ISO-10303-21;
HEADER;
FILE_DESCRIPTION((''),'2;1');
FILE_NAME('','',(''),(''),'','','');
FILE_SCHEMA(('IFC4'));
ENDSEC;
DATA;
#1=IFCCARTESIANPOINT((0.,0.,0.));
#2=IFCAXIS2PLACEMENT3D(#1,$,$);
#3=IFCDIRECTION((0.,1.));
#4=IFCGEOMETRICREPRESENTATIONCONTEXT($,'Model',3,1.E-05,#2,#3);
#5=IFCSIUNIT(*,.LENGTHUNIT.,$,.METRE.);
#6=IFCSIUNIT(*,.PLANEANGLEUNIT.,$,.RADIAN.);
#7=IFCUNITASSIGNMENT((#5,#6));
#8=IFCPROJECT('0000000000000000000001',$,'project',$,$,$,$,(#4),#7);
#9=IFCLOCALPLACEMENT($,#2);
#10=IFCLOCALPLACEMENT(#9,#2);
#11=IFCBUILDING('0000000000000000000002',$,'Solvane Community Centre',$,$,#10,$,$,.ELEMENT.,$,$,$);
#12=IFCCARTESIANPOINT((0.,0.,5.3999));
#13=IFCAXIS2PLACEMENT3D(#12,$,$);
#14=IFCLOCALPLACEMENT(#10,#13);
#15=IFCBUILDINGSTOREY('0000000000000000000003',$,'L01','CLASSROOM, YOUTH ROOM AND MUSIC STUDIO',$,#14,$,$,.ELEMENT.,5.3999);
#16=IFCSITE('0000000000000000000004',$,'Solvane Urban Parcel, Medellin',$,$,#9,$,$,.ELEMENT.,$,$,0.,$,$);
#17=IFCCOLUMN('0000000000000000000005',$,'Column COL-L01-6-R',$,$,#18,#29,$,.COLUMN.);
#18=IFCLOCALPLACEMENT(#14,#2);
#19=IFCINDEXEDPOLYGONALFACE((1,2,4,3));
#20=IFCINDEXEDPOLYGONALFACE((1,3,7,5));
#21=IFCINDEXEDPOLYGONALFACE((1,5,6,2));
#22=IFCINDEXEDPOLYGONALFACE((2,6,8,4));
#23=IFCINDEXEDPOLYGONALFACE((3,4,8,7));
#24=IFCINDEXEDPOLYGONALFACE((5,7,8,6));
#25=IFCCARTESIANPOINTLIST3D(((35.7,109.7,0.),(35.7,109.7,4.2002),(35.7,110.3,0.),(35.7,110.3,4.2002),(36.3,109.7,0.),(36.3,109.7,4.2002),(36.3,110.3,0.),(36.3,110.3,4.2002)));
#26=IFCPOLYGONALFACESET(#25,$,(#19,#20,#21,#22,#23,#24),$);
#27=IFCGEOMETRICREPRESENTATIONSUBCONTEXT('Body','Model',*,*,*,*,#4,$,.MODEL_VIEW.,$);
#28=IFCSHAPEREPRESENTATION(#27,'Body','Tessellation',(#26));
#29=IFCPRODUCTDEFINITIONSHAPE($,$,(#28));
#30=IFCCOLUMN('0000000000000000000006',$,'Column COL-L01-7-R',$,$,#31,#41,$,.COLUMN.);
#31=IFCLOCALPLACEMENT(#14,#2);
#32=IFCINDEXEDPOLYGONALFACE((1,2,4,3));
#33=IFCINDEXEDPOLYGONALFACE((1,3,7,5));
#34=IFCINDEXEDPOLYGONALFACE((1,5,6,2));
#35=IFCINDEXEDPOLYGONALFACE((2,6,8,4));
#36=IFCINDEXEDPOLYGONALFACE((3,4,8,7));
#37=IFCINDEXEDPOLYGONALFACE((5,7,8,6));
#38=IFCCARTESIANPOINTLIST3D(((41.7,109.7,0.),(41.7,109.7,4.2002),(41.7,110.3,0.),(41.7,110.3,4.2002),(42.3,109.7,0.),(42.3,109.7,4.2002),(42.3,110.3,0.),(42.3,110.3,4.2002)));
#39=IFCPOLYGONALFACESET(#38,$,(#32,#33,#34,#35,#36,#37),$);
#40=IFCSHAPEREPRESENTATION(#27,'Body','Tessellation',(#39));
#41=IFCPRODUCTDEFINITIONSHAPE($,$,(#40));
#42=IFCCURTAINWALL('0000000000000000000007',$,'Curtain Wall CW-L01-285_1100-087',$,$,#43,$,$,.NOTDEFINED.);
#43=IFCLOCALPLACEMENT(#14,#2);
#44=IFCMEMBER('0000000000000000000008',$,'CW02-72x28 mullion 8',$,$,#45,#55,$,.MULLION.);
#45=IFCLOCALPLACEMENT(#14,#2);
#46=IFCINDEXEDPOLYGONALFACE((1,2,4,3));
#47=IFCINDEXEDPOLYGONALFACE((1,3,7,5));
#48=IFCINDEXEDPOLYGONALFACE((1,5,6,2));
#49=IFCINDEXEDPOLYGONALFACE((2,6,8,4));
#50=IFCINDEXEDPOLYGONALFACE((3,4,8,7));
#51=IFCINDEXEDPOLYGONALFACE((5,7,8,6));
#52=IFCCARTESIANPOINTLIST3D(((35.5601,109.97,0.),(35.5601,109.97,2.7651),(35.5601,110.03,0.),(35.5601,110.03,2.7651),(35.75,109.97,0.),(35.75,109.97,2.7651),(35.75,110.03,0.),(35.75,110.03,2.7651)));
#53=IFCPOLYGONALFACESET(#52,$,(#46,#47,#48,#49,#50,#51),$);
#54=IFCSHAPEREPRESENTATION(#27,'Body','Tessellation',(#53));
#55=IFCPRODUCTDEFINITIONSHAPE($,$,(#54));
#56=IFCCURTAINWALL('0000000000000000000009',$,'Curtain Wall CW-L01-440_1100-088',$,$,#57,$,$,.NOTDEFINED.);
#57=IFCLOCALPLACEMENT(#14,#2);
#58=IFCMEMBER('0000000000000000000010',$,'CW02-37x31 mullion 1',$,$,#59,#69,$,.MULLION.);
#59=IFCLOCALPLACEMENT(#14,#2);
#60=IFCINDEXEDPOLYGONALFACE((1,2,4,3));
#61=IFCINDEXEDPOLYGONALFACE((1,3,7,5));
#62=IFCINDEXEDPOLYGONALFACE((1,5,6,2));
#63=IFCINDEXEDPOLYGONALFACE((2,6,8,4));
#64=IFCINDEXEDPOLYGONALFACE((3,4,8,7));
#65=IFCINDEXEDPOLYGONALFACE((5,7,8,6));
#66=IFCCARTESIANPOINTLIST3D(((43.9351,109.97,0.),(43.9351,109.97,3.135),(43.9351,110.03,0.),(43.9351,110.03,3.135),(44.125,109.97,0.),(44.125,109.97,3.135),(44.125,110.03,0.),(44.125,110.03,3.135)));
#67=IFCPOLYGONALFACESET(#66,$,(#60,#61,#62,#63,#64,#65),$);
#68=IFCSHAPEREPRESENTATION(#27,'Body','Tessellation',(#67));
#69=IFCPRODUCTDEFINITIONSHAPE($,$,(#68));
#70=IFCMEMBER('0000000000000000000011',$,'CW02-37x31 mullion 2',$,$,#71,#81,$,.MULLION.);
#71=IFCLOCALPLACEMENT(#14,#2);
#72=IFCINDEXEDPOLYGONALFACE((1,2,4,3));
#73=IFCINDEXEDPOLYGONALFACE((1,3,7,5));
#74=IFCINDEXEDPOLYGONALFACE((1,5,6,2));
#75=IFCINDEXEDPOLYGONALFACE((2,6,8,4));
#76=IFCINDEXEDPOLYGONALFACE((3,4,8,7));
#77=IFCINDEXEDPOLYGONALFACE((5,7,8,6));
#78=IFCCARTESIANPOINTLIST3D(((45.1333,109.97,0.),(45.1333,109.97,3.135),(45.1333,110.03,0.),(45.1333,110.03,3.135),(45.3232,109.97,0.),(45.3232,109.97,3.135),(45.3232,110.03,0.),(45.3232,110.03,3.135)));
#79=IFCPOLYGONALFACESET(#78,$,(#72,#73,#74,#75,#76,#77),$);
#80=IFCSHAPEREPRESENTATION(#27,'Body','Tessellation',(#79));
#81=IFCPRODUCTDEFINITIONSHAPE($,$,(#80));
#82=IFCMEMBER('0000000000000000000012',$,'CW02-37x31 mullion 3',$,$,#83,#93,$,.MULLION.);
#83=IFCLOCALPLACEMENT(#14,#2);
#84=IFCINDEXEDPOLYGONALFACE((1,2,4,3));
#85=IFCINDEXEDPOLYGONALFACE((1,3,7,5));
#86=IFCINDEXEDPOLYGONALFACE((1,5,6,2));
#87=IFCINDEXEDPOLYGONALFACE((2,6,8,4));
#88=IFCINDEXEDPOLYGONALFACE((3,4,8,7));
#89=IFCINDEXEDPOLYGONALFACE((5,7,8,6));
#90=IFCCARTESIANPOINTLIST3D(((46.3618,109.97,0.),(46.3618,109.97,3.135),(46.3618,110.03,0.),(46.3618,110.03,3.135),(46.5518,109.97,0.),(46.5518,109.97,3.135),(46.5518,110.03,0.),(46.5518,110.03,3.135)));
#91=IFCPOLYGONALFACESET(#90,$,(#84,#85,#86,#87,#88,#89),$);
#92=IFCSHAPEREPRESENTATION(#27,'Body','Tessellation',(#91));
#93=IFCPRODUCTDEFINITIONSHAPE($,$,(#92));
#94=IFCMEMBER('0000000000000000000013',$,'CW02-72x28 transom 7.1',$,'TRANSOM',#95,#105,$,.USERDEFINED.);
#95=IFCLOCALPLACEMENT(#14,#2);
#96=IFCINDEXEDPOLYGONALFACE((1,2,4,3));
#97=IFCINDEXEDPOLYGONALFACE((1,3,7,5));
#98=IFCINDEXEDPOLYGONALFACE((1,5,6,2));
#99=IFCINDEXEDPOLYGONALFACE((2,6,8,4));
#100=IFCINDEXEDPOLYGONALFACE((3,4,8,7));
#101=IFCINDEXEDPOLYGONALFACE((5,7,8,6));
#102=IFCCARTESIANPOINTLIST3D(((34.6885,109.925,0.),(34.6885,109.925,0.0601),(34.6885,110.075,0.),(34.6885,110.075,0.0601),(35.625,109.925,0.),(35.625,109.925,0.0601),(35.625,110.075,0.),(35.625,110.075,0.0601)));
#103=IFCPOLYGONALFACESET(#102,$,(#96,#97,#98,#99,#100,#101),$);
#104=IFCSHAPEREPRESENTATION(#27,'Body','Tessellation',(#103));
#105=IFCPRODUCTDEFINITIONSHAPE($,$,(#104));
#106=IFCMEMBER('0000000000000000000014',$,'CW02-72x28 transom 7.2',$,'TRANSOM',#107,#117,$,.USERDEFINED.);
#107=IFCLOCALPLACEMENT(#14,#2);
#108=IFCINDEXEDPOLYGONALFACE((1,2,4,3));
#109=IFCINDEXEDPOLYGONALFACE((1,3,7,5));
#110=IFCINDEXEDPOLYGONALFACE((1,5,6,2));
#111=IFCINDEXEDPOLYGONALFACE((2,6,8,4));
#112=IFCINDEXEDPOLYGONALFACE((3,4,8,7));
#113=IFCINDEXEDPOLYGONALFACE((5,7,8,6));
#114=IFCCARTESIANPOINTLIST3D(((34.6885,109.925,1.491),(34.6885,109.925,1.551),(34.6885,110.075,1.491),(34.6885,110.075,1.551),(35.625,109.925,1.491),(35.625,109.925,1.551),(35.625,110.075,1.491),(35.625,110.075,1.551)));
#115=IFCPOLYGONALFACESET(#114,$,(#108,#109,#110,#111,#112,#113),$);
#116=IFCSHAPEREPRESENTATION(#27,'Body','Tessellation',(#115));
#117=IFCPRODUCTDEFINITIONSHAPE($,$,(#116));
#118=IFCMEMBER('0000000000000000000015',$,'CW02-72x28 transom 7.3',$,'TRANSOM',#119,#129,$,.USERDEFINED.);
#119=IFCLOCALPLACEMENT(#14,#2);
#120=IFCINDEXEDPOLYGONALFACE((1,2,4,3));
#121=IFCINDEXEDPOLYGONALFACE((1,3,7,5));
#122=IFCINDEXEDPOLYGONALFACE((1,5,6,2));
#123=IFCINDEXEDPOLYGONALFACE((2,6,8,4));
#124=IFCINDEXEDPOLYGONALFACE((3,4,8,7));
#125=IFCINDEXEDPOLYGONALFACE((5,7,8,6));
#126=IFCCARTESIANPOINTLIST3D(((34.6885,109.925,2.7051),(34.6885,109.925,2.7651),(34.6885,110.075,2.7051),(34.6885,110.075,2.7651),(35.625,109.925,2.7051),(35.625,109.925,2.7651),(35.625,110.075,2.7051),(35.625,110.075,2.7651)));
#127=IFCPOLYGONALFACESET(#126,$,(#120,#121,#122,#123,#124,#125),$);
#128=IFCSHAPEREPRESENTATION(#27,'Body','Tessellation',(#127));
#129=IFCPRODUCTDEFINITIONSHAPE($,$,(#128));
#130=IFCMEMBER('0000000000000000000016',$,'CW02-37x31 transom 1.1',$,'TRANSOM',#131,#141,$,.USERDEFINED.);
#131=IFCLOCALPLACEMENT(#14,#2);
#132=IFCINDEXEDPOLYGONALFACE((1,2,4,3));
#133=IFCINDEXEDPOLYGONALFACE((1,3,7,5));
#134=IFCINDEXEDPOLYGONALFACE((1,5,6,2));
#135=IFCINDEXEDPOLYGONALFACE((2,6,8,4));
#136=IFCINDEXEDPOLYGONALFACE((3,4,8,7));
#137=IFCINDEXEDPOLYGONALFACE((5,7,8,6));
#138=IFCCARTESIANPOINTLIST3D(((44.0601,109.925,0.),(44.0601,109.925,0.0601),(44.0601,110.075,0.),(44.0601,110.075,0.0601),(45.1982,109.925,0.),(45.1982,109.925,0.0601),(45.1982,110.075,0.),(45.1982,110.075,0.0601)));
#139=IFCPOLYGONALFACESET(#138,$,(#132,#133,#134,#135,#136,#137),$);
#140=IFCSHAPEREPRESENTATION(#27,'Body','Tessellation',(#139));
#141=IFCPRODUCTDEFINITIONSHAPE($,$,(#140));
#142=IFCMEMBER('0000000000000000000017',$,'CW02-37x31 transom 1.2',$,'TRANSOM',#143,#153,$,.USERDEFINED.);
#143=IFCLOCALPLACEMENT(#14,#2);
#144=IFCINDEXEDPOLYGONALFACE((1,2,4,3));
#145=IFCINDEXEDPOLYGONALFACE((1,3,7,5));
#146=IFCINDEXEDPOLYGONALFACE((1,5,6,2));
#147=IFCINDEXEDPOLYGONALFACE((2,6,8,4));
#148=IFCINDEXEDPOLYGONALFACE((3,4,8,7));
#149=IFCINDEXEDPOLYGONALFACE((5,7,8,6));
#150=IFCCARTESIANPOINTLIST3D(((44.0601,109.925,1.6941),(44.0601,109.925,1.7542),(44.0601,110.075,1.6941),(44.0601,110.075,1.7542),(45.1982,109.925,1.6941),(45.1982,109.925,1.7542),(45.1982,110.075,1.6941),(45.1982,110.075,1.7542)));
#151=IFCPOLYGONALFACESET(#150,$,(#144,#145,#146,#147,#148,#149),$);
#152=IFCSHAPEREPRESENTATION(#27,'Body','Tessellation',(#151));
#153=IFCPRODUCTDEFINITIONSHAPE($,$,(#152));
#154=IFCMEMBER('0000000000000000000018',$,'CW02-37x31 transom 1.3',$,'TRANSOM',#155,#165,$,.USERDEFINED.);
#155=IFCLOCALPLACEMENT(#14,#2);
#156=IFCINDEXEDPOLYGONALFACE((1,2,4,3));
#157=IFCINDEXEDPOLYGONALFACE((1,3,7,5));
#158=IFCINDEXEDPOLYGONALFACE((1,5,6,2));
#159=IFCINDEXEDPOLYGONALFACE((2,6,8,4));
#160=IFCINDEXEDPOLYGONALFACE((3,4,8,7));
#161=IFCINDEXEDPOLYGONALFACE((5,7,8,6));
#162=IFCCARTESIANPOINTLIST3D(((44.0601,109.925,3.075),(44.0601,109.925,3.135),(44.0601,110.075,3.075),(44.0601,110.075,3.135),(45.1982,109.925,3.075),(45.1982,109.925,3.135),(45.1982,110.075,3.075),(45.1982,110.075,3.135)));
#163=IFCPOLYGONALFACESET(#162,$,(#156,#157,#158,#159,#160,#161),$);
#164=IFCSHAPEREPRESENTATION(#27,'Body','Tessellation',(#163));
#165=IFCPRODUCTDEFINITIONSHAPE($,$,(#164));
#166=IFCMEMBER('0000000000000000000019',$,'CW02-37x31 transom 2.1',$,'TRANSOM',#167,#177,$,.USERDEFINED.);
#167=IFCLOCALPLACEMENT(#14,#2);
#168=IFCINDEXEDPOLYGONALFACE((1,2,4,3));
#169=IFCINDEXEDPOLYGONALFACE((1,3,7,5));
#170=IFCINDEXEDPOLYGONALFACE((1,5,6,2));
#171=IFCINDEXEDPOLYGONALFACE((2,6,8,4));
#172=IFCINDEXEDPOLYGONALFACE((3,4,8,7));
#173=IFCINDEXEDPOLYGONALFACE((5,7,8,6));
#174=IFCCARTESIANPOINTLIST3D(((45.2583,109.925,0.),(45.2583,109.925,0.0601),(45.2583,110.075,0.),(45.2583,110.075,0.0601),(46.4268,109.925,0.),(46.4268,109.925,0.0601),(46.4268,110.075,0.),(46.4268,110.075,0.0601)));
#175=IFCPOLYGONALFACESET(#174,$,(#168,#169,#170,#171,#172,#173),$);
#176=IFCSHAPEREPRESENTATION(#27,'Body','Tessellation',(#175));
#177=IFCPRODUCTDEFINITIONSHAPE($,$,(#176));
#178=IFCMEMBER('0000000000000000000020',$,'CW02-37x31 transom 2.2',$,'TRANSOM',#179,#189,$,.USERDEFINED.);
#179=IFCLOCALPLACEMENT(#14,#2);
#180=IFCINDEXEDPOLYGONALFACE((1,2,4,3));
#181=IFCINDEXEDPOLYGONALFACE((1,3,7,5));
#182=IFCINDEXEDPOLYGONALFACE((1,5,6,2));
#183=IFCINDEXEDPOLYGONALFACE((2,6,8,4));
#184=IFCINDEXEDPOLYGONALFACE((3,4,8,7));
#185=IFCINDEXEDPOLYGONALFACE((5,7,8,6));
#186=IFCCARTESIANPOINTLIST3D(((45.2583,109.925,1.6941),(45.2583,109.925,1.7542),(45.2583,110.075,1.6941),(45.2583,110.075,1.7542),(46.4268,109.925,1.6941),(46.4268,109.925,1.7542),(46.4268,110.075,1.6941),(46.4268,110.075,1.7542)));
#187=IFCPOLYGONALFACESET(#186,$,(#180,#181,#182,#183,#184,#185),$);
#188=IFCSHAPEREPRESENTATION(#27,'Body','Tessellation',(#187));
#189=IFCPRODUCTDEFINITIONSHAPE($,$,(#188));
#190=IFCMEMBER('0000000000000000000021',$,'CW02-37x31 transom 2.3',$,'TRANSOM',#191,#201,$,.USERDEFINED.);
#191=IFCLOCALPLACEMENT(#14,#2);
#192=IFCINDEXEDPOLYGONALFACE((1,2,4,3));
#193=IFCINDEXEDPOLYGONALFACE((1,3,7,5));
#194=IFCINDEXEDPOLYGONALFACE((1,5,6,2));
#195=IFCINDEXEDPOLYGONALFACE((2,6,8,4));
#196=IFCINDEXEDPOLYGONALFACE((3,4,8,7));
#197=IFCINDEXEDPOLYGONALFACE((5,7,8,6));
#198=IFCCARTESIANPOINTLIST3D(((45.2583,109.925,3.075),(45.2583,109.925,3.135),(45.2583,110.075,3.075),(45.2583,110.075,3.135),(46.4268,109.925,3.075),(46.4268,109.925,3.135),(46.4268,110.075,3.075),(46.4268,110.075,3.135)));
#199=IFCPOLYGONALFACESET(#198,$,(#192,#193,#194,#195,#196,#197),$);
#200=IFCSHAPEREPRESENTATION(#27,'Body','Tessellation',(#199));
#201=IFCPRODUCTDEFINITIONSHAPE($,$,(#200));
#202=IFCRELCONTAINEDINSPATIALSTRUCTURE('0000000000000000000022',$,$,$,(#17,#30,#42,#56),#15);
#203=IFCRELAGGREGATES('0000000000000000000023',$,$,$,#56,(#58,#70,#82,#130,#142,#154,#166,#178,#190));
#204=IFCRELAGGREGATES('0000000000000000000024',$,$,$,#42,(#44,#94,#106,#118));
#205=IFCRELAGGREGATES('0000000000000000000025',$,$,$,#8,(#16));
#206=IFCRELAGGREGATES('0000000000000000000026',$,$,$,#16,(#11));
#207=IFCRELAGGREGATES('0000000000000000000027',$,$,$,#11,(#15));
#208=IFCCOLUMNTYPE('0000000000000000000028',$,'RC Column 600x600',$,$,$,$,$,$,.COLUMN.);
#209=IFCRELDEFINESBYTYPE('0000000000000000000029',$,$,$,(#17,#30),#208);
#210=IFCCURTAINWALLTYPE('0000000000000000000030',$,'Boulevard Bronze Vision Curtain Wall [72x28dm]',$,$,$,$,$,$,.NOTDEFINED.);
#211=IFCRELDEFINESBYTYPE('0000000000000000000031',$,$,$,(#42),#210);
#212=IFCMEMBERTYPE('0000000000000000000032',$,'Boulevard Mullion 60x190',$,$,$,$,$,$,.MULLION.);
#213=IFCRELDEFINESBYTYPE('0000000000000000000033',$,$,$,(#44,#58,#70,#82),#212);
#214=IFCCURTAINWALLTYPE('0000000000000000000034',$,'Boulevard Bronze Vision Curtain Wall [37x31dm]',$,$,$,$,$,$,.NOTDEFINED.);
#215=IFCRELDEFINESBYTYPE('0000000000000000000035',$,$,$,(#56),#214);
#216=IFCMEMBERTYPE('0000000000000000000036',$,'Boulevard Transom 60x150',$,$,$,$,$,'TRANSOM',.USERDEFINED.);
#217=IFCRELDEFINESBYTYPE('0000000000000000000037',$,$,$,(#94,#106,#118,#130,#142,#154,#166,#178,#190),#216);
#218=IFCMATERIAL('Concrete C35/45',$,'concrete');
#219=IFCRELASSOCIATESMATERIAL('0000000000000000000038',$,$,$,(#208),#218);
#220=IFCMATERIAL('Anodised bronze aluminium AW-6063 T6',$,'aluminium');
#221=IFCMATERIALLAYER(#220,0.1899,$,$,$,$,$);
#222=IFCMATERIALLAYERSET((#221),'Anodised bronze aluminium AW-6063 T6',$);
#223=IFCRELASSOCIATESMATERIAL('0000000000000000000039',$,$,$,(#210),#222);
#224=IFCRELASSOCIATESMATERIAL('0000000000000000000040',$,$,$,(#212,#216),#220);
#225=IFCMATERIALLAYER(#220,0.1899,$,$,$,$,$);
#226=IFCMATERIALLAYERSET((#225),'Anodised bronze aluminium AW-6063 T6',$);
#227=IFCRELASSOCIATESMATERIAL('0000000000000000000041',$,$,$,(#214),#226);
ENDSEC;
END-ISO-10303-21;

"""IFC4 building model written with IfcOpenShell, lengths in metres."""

from ifc_helpers import new_model, si_unit, direction, frame, origin, origin_2d, place, context, subcontext, project, spatial, rectangle, extrude, material, layer, layer_set, material_profile, profile_set, type_object, element, aggregate, save


model = new_model("IFC4")

# Units and contexts
model_context = context("Model", 3, precision=1e-05, world=origin(), true_north=direction((0.0, 1.0)))
body_context = subcontext(model_context, "Body", "Model", "MODEL_VIEW")
ifc_project = project(units=[si_unit("LENGTHUNIT", "METRE"), si_unit("PLANEANGLEUNIT", "RADIAN")], contexts=[model_context])

# Site, building, storey
site_placement = place(None, origin())
site = spatial("IfcSite", under=ifc_project, at=site_placement, Name="Solvane Urban Parcel, Medellin", CompositionType="ELEMENT", RefElevation=0.0)
building_placement = place(site_placement, origin())
building = spatial("IfcBuilding", under=site, at=building_placement, Name="Solvane Community Centre", CompositionType="ELEMENT")
storey_placement = place(building_placement, frame((0.0, 0.0, 5.3999)))
storey = spatial("IfcBuildingStorey", under=building, at=storey_placement, Name="L01", Description="CLASSROOM, YOUTH ROOM AND MUSIC STUDIO", CompositionType="ELEMENT", Elevation=5.3999)

# Columns
ifc_material_1 = material(Name="Concrete C35/45", Category="concrete")
ifc_material_profile_1 = material_profile(ifc_material_1, rectangle(XDim=0.6001, YDim=0.6001, at=origin_2d()), Name="RC 600x600")
ifc_profile_set_1 = profile_set([ifc_material_profile_1], Name="Concrete C35/45")
column_type = type_object("IfcColumnType", Name="RC Column 600x600", PredefinedType="COLUMN", material=ifc_profile_set_1)
for number, where, z_axis, x_axis, name in (
    (1, (36.0, 110.0, 0.0), (0.0, 0.0, 1.0), (1.0, 0.0, 0.0), "Column COL-L01-6-R"),
    (2, (42.0, 110.0, 0.0), (0.0, 0.0, 1.0), (1.0, 0.0, 0.0), "Column COL-L01-7-R"),
):
    element("IfcColumn", number, at=place(storey_placement, frame(where, z_axis=z_axis, x_axis=x_axis)), inside=storey, type_object=column_type, Name=name, PredefinedType="COLUMN", context=body_context, shape_type="SweptSolid", body=[
        extrude(rectangle(XDim=0.6001, YDim=0.6001, at=origin_2d()), origin(), (0.0, 0.0, 1.0), 4.2002),
    ])

# Curtain wall, member
ifc_material_2 = material(Name="Anodised bronze aluminium AW-6063 T6", Category="aluminium")
ifc_layer_1 = layer(ifc_material_2, 0.1899)
ifc_layer_set_1 = layer_set([ifc_layer_1], Name="Anodised bronze aluminium AW-6063 T6")
curtain_wall_type_1 = type_object("IfcCurtainWallType", Name="Boulevard Bronze Vision Curtain Wall [72x28dm]", PredefinedType="NOTDEFINED", material=ifc_layer_set_1)
curtain_wall_1_placement = place(storey_placement, origin())
curtain_wall_1 = element("IfcCurtainWall", 3, at=curtain_wall_1_placement, inside=storey, type_object=curtain_wall_type_1, Name="Curtain Wall CW-L01-285_1100-087", PredefinedType="NOTDEFINED")
ifc_material_profile_2 = material_profile(ifc_material_2, rectangle(XDim=0.0601, YDim=0.1899, at=origin_2d()), Name="CW-M 60x190")
ifc_profile_set_2 = profile_set([ifc_material_profile_2], Name="Anodised bronze aluminium AW-6063 T6")
member_type_1 = type_object("IfcMemberType", Name="Boulevard Mullion 60x190", PredefinedType="MULLION", material=ifc_profile_set_2)
member_1_placement = place(storey_placement, frame((35.655, 110.0, 0.0), z_axis=(0.0, 0.0, 1.0), x_axis=(0.0, 1.0, 0.0)))
member_1 = element("IfcMember", 4, at=member_1_placement, type_object=member_type_1, Name="CW02-72x28 mullion 8", PredefinedType="MULLION", context=body_context, shape_type="SweptSolid", body=[
    extrude(rectangle(XDim=0.0601, YDim=0.1899, at=origin_2d()), origin(), (0.0, 0.0, 1.0), 2.7651),
])

# Curtain wall, members
ifc_layer_2 = layer(ifc_material_2, 0.1899)
ifc_layer_set_2 = layer_set([ifc_layer_2], Name="Anodised bronze aluminium AW-6063 T6")
curtain_wall_type_2 = type_object("IfcCurtainWallType", Name="Boulevard Bronze Vision Curtain Wall [37x31dm]", PredefinedType="NOTDEFINED", material=ifc_layer_set_2)
curtain_wall_2_placement = place(storey_placement, origin())
curtain_wall_2 = element("IfcCurtainWall", 5, at=curtain_wall_2_placement, inside=storey, type_object=curtain_wall_type_2, Name="Curtain Wall CW-L01-440_1100-088", PredefinedType="NOTDEFINED")
member_2_placement = place(storey_placement, frame((44.03, 110.0, 0.0), z_axis=(0.0, 0.0, 1.0), x_axis=(0.0, 1.0, 0.0)))
member_2 = element("IfcMember", 6, at=member_2_placement, type_object=member_type_1, Name="CW02-37x31 mullion 1", PredefinedType="MULLION", context=body_context, shape_type="SweptSolid", body=[
    extrude(rectangle(XDim=0.0601, YDim=0.1899, at=origin_2d()), origin(), (0.0, 0.0, 1.0), 3.135),
])
member_3_placement = place(storey_placement, frame((45.2283, 110.0, 0.0), z_axis=(0.0, 0.0, 1.0), x_axis=(0.0, 1.0, 0.0)))
member_3 = element("IfcMember", 7, at=member_3_placement, type_object=member_type_1, Name="CW02-37x31 mullion 2", PredefinedType="MULLION", context=body_context, shape_type="SweptSolid", body=[
    extrude(rectangle(XDim=0.0601, YDim=0.1899, at=origin_2d()), origin(), (0.0, 0.0, 1.0), 3.135),
])
member_4_placement = place(storey_placement, frame((46.4568, 110.0, 0.0), z_axis=(0.0, 0.0, 1.0), x_axis=(0.0, 1.0, 0.0)))
member_4 = element("IfcMember", 8, at=member_4_placement, type_object=member_type_1, Name="CW02-37x31 mullion 3", PredefinedType="MULLION", context=body_context, shape_type="SweptSolid", body=[
    extrude(rectangle(XDim=0.0601, YDim=0.1899, at=origin_2d()), origin(), (0.0, 0.0, 1.0), 3.135),
])

# Members
ifc_material_profile_3 = material_profile(ifc_material_2, rectangle(XDim=0.1499, YDim=0.0601, at=origin_2d()), Name="CW-T 60x150")
ifc_profile_set_3 = profile_set([ifc_material_profile_3], Name="Anodised bronze aluminium AW-6063 T6")
member_type_2 = type_object("IfcMemberType", Name="Boulevard Transom 60x150", ElementType="TRANSOM", PredefinedType="USERDEFINED", material=ifc_profile_set_3)
member_5_placement = place(storey_placement, frame((34.6885, 110.0, 0.03), z_axis=(1.0, 0.0, 0.0), x_axis=(0.0, 1.0, 0.0)))
member_5 = element("IfcMember", 9, at=member_5_placement, type_object=member_type_2, Name="CW02-72x28 transom 7.1", ObjectType="TRANSOM", PredefinedType="USERDEFINED", context=body_context, shape_type="SweptSolid", body=[
    extrude(rectangle(XDim=0.1499, YDim=0.0601, at=origin_2d()), origin(), (0.0, 0.0, 1.0), 0.9365),
])
member_6_placement = place(storey_placement, frame((34.6885, 110.0, 1.521), z_axis=(1.0, 0.0, 0.0), x_axis=(0.0, 1.0, 0.0)))
member_6 = element("IfcMember", 10, at=member_6_placement, type_object=member_type_2, Name="CW02-72x28 transom 7.2", ObjectType="TRANSOM", PredefinedType="USERDEFINED", context=body_context, shape_type="SweptSolid", body=[
    extrude(rectangle(XDim=0.1499, YDim=0.0601, at=origin_2d()), origin(), (0.0, 0.0, 1.0), 0.9365),
])
member_7_placement = place(storey_placement, frame((34.6885, 110.0, 2.7351), z_axis=(1.0, 0.0, 0.0), x_axis=(0.0, 1.0, 0.0)))
member_7 = element("IfcMember", 11, at=member_7_placement, type_object=member_type_2, Name="CW02-72x28 transom 7.3", ObjectType="TRANSOM", PredefinedType="USERDEFINED", context=body_context, shape_type="SweptSolid", body=[
    extrude(rectangle(XDim=0.1499, YDim=0.0601, at=origin_2d()), origin(), (0.0, 0.0, 1.0), 0.9365),
])
member_8_placement = place(storey_placement, frame((44.0601, 110.0, 0.03), z_axis=(1.0, 0.0, 0.0), x_axis=(0.0, 1.0, 0.0)))
member_8 = element("IfcMember", 12, at=member_8_placement, type_object=member_type_2, Name="CW02-37x31 transom 1.1", ObjectType="TRANSOM", PredefinedType="USERDEFINED", context=body_context, shape_type="SweptSolid", body=[
    extrude(rectangle(XDim=0.1499, YDim=0.0601, at=origin_2d()), origin(), (0.0, 0.0, 1.0), 1.1382),
])
member_9_placement = place(storey_placement, frame((44.0601, 110.0, 1.7241), z_axis=(1.0, 0.0, 0.0), x_axis=(0.0, 1.0, 0.0)))
member_9 = element("IfcMember", 13, at=member_9_placement, type_object=member_type_2, Name="CW02-37x31 transom 1.2", ObjectType="TRANSOM", PredefinedType="USERDEFINED", context=body_context, shape_type="SweptSolid", body=[
    extrude(rectangle(XDim=0.1499, YDim=0.0601, at=origin_2d()), origin(), (0.0, 0.0, 1.0), 1.1382),
])
member_10_placement = place(storey_placement, frame((44.0601, 110.0, 3.105), z_axis=(1.0, 0.0, 0.0), x_axis=(0.0, 1.0, 0.0)))
member_10 = element("IfcMember", 14, at=member_10_placement, type_object=member_type_2, Name="CW02-37x31 transom 1.3", ObjectType="TRANSOM", PredefinedType="USERDEFINED", context=body_context, shape_type="SweptSolid", body=[
    extrude(rectangle(XDim=0.1499, YDim=0.0601, at=origin_2d()), origin(), (0.0, 0.0, 1.0), 1.1382),
])
member_11_placement = place(storey_placement, frame((45.2583, 110.0, 0.03), z_axis=(1.0, 0.0, 0.0), x_axis=(0.0, 1.0, 0.0)))
member_11 = element("IfcMember", 15, at=member_11_placement, type_object=member_type_2, Name="CW02-37x31 transom 2.1", ObjectType="TRANSOM", PredefinedType="USERDEFINED", context=body_context, shape_type="SweptSolid", body=[
    extrude(rectangle(XDim=0.1499, YDim=0.0601, at=origin_2d()), origin(), (0.0, 0.0, 1.0), 1.1685),
])
member_12_placement = place(storey_placement, frame((45.2583, 110.0, 1.7241), z_axis=(1.0, 0.0, 0.0), x_axis=(0.0, 1.0, 0.0)))
member_12 = element("IfcMember", 16, at=member_12_placement, type_object=member_type_2, Name="CW02-37x31 transom 2.2", ObjectType="TRANSOM", PredefinedType="USERDEFINED", context=body_context, shape_type="SweptSolid", body=[
    extrude(rectangle(XDim=0.1499, YDim=0.0601, at=origin_2d()), origin(), (0.0, 0.0, 1.0), 1.1685),
])
member_13_placement = place(storey_placement, frame((45.2583, 110.0, 3.105), z_axis=(1.0, 0.0, 0.0), x_axis=(0.0, 1.0, 0.0)))
member_13 = element("IfcMember", 17, at=member_13_placement, type_object=member_type_2, Name="CW02-37x31 transom 2.3", ObjectType="TRANSOM", PredefinedType="USERDEFINED", context=body_context, shape_type="SweptSolid", body=[
    extrude(rectangle(XDim=0.1499, YDim=0.0601, at=origin_2d()), origin(), (0.0, 0.0, 1.0), 1.1685),
])

aggregate(curtain_wall_2, [member_2, member_3, member_4, member_8, member_9, member_10, member_11, member_12, member_13])
aggregate(curtain_wall_1, [member_1, member_5, member_6, member_7])

save(model, "model.ifc")
